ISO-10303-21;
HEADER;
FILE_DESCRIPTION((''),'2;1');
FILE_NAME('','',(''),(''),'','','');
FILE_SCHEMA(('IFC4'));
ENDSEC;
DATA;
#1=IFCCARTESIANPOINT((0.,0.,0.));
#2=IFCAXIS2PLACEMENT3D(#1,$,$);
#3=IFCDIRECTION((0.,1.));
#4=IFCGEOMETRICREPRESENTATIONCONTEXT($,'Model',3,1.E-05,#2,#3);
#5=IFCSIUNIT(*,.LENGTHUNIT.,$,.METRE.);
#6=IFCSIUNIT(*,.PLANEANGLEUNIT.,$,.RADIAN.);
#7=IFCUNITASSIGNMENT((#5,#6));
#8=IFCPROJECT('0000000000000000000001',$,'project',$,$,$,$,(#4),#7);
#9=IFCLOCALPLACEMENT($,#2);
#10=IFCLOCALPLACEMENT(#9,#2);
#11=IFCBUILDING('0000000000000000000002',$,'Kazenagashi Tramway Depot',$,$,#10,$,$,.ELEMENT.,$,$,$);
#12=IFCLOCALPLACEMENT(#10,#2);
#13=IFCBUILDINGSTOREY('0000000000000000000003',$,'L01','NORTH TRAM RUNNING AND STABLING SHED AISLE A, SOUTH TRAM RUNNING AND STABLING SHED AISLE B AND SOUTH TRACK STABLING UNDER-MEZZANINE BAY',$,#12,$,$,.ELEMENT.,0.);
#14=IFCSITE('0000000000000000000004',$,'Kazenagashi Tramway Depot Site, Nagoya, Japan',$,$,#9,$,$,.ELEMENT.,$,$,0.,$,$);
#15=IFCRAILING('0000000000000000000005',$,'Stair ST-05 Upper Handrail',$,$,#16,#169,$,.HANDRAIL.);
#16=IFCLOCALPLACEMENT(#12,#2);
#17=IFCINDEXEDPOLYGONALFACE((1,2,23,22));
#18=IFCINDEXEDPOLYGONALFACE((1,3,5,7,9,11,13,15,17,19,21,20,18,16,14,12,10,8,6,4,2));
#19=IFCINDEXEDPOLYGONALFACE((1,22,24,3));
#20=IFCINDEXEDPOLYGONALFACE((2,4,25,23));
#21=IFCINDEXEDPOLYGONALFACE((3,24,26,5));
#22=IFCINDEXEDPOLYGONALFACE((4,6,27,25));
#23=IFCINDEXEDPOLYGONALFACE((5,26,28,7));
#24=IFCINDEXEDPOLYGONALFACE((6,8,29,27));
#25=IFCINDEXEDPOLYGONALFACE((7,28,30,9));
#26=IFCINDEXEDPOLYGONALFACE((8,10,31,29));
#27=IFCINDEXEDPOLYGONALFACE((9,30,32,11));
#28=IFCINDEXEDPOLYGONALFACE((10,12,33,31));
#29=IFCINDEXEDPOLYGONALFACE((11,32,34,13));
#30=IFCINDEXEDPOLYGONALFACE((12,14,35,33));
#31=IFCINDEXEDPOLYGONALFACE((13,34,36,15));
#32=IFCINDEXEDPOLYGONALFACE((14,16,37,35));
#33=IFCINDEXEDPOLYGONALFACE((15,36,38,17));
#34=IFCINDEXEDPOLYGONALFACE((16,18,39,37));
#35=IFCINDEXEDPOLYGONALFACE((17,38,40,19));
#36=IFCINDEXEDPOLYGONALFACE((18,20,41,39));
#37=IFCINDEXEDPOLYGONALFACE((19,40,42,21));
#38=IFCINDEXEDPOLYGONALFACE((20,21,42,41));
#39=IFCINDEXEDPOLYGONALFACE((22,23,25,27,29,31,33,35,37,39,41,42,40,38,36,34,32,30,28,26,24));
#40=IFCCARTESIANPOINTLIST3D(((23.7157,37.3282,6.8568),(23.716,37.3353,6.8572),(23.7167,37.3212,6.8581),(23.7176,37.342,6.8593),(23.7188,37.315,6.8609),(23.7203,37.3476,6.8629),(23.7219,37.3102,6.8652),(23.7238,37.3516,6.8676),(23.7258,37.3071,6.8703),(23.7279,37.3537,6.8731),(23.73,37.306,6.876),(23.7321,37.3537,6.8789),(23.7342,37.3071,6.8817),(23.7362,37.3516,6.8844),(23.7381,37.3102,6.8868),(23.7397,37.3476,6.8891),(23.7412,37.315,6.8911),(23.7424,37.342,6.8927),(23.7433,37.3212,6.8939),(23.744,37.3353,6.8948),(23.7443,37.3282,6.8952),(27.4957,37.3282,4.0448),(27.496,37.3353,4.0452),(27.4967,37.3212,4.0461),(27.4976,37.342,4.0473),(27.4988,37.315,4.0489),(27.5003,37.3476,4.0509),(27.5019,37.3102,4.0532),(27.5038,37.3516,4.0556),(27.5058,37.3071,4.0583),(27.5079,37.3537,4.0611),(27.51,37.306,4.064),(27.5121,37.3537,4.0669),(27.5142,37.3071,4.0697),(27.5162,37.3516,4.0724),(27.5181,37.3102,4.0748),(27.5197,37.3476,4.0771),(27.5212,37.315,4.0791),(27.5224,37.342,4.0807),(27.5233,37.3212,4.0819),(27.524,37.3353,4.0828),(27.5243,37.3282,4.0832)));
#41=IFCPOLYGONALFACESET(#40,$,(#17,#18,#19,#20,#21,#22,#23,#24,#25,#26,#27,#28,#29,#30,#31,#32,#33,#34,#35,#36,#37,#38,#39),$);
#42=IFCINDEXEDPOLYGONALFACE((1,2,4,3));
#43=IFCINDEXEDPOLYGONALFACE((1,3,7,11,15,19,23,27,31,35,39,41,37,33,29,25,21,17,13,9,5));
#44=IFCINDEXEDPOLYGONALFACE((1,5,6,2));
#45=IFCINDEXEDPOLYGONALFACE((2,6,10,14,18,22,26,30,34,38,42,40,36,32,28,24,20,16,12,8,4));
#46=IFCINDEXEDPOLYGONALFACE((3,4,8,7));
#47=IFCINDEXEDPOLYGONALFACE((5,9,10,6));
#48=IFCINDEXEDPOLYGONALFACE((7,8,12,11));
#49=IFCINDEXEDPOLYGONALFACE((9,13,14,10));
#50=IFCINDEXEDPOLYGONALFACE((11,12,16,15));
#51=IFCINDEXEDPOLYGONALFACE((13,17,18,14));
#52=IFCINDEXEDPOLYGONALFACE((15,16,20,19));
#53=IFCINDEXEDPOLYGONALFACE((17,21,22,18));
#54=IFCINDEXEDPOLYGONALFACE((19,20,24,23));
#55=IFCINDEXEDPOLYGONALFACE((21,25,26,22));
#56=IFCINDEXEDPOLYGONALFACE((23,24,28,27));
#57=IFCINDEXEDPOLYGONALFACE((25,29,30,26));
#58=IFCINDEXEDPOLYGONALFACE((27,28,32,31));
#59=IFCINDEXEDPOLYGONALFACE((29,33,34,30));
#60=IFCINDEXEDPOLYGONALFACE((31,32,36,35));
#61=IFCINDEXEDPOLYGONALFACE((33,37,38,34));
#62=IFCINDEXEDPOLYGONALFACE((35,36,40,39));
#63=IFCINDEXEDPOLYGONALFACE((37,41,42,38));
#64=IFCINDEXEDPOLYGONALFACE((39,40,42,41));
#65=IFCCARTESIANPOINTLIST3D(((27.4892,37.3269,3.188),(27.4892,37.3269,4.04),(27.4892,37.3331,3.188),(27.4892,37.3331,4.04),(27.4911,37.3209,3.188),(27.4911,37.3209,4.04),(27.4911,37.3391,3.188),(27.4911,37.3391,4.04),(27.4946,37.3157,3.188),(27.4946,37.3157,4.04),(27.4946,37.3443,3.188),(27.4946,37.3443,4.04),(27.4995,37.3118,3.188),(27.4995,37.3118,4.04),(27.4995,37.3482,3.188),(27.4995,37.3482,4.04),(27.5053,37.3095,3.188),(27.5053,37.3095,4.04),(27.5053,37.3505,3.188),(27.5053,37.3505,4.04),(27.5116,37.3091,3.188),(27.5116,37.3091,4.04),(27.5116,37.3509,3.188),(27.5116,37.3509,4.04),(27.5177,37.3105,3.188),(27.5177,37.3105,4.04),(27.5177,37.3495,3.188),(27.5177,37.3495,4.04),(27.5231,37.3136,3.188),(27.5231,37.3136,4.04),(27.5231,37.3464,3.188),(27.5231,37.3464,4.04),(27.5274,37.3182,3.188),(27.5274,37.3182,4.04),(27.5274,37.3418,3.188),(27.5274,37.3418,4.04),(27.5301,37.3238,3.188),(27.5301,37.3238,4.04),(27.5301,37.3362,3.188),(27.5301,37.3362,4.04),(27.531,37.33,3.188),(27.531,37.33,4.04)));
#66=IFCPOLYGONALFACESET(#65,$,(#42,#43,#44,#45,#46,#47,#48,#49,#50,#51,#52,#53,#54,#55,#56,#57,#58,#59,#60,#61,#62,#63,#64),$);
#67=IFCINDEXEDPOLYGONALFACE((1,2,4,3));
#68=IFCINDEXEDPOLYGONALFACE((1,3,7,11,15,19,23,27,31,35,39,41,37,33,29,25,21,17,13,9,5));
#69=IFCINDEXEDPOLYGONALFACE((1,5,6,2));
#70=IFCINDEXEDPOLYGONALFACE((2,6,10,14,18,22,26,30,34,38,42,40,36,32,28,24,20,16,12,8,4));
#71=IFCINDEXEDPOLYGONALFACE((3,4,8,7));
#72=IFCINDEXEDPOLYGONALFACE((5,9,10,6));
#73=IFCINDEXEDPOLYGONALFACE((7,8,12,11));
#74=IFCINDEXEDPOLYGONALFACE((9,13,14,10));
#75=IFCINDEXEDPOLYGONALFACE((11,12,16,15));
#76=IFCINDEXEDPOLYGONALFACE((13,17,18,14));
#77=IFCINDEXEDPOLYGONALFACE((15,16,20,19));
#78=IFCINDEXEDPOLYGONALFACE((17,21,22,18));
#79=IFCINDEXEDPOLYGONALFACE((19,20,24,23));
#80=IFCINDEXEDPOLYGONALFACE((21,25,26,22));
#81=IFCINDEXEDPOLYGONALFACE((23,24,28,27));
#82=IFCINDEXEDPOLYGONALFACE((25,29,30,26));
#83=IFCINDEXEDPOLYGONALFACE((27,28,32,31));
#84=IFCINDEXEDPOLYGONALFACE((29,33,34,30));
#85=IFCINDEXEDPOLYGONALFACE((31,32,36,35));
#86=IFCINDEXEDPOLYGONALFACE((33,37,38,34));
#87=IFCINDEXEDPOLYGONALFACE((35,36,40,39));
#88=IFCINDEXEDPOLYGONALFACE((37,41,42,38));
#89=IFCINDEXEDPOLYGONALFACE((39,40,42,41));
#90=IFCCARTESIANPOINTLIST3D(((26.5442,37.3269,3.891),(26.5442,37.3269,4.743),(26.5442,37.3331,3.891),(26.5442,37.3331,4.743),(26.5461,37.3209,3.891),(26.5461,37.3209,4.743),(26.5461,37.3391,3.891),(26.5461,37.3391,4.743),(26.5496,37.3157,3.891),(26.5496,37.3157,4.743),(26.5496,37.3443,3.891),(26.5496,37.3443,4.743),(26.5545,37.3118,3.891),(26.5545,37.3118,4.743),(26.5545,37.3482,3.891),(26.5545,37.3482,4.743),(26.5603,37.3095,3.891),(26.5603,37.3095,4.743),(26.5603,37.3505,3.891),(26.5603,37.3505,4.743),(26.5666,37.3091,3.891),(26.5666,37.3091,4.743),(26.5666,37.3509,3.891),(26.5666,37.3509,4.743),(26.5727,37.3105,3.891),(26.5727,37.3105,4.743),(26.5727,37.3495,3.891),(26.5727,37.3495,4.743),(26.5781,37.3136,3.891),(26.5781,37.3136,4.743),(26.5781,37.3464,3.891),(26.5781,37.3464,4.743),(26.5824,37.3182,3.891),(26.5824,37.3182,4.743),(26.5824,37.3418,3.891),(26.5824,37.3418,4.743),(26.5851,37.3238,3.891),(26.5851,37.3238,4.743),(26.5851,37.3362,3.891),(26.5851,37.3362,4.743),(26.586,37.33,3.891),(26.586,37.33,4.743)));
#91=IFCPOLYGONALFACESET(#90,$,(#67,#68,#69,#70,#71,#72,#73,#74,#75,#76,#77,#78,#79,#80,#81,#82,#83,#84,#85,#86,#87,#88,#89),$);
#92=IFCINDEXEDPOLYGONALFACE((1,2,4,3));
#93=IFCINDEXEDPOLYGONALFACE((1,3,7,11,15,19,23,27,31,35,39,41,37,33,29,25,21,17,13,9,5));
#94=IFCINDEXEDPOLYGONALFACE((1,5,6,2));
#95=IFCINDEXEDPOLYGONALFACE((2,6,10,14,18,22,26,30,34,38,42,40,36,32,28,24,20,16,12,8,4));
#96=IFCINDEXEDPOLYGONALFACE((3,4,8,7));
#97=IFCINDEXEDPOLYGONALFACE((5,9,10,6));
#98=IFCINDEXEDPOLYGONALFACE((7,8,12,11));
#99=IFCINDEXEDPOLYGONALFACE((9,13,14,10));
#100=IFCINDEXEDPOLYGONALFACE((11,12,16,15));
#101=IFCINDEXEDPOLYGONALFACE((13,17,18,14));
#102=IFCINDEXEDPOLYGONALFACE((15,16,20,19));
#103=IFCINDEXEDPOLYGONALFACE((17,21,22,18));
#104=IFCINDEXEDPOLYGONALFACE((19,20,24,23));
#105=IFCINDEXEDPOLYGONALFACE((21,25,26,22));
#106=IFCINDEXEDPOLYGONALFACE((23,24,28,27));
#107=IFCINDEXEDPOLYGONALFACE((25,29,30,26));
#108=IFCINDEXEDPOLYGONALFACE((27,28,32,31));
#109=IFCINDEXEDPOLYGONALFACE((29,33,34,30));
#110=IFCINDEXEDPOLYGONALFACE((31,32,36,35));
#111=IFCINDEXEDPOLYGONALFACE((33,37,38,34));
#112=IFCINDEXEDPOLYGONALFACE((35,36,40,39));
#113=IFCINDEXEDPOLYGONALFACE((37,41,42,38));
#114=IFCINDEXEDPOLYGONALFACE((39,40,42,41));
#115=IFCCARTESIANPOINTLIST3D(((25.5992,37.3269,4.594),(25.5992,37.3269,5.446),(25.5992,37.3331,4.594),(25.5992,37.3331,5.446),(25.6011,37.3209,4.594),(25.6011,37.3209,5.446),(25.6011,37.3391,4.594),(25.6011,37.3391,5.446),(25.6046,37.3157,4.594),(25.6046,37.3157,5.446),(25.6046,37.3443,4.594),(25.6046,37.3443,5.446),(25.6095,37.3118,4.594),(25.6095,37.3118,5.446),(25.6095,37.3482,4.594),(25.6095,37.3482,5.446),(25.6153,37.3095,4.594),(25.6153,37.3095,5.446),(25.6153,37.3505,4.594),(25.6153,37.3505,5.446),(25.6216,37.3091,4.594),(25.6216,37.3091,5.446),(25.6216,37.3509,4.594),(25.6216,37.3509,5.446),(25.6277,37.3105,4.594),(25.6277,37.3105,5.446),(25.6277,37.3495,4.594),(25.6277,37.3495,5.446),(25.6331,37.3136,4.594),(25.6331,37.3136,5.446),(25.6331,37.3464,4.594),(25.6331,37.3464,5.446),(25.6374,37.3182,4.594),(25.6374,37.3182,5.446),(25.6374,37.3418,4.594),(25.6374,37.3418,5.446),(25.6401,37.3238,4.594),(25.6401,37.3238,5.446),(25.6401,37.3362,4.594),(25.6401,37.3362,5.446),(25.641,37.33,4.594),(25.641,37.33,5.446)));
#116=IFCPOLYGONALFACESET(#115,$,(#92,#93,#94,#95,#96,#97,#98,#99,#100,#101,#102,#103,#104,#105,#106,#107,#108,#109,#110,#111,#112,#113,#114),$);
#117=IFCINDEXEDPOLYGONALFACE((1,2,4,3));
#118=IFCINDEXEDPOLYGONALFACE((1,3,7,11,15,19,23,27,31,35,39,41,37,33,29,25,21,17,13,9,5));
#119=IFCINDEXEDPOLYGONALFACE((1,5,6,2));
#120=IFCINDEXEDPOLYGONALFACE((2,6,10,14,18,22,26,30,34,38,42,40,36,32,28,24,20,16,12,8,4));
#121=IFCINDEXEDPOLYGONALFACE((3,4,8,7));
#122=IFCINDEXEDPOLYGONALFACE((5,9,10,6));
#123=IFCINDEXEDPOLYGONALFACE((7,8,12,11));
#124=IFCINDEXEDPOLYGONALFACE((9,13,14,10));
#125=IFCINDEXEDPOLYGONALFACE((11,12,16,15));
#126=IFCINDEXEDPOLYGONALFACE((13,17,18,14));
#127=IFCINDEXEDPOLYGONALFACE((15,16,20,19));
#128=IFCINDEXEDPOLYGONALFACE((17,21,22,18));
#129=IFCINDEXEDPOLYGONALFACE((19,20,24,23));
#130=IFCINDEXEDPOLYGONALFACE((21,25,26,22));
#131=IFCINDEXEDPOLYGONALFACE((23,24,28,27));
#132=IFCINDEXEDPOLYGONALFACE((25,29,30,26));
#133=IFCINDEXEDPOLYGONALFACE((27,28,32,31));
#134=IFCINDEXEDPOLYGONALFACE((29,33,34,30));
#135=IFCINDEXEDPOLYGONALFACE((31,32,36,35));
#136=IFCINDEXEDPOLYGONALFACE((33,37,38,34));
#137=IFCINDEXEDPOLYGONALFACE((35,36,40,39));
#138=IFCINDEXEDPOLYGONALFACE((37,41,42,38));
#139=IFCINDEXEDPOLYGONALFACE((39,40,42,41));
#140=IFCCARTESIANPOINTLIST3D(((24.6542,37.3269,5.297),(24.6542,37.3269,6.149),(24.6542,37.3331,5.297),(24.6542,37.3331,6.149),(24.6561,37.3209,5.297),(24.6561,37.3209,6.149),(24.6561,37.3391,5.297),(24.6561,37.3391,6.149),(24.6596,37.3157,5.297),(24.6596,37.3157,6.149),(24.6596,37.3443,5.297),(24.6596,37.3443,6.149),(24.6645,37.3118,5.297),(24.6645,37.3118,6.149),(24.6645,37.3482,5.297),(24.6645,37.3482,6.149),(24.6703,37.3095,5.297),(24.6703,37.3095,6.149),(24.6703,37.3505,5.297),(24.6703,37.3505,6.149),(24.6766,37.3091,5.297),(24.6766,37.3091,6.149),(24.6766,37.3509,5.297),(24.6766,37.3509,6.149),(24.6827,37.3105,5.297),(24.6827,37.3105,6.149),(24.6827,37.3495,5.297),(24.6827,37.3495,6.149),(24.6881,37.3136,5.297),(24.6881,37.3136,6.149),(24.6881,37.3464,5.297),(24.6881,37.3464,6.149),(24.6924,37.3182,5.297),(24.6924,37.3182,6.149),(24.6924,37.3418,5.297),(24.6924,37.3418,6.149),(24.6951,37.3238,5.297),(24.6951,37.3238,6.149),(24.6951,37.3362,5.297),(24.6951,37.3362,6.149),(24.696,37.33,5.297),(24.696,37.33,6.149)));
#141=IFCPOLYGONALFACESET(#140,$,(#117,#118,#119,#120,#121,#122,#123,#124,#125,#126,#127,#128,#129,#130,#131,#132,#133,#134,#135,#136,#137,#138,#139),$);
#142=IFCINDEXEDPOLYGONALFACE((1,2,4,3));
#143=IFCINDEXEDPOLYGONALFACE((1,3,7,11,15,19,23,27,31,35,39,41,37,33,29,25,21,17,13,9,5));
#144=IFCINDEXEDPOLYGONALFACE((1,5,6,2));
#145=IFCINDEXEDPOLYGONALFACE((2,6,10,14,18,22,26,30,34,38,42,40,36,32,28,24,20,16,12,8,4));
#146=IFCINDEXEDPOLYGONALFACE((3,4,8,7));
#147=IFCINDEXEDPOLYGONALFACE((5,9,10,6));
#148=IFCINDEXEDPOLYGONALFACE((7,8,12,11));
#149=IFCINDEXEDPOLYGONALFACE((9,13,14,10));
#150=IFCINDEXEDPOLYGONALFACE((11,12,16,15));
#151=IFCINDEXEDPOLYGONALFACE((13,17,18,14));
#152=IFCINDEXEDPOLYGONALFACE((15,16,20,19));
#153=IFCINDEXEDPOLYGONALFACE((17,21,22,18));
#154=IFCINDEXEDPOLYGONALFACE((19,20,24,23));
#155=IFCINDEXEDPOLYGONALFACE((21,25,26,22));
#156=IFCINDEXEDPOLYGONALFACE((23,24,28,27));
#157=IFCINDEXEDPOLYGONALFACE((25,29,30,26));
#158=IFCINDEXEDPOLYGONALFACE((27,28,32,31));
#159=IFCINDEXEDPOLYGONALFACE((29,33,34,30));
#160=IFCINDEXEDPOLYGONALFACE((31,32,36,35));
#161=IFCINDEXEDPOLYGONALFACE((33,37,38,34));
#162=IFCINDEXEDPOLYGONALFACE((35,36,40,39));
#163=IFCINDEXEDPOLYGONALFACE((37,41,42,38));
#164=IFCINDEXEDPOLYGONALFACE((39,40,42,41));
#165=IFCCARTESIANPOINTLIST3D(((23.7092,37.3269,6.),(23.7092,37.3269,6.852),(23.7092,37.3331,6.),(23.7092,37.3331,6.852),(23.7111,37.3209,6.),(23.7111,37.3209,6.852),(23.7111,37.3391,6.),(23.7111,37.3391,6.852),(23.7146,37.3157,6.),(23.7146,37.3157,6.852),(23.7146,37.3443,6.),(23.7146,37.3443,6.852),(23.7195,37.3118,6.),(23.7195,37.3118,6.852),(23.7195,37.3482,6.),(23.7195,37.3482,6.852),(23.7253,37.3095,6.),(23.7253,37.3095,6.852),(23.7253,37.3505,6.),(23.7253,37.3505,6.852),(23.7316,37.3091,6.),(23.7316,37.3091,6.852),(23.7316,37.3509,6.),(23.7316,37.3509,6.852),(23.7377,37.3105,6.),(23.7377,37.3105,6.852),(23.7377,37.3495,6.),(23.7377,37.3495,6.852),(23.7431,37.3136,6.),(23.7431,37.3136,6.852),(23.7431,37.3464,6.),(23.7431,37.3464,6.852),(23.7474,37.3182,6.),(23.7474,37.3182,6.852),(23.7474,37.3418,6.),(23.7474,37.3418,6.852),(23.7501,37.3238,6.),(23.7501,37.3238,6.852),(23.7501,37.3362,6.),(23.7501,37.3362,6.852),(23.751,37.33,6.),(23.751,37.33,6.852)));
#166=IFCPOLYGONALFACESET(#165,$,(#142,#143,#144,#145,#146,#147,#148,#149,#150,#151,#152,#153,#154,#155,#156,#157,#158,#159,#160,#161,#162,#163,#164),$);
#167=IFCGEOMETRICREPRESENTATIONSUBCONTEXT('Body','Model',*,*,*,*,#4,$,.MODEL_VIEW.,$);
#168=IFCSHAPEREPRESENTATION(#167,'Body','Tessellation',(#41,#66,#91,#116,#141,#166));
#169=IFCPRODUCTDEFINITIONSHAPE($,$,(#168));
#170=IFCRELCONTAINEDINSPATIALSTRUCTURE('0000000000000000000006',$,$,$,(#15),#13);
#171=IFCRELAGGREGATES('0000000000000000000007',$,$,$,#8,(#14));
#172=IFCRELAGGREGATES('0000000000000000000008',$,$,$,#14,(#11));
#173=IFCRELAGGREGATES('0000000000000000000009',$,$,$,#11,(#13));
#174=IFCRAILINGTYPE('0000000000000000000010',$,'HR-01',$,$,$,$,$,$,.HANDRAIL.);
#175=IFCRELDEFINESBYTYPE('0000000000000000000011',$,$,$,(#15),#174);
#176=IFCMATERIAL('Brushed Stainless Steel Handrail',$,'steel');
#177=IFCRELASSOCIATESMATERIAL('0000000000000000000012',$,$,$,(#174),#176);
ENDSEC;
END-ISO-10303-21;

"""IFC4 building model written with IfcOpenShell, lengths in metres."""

from ifc_helpers import new_model, si_unit, direction, frame, origin, origin_2d, place, context, subcontext, project, spatial, circle, extrude, material, type_object, element, save


model = new_model("IFC4")

# Units and contexts
model_context = context("Model", 3, precision=1e-05, world=origin(), true_north=direction((0.0, 1.0)))
body_context = subcontext(model_context, "Body", "Model", "MODEL_VIEW")
ifc_project = project(units=[si_unit("LENGTHUNIT", "METRE"), si_unit("PLANEANGLEUNIT", "RADIAN")], contexts=[model_context])

# Site, building, storey
site_placement = place(None, origin())
site = spatial("IfcSite", under=ifc_project, at=site_placement, Name="Kazenagashi Tramway Depot Site, Nagoya, Japan", CompositionType="ELEMENT", RefElevation=0.0)
building_placement = place(site_placement, origin())
building = spatial("IfcBuilding", under=site, at=building_placement, Name="Kazenagashi Tramway Depot", CompositionType="ELEMENT")
storey_placement = place(building_placement, origin())
storey = spatial("IfcBuildingStorey", under=building, at=storey_placement, Name="L01", Description="NORTH TRAM RUNNING AND STABLING SHED AISLE A, SOUTH TRAM RUNNING AND STABLING SHED AISLE B AND SOUTH TRACK STABLING UNDER-MEZZANINE BAY", CompositionType="ELEMENT", Elevation=0.0)

# Railing
ifc_material_1 = material(Name="Brushed Stainless Steel Handrail", Category="steel")
railing_type = type_object("IfcRailingType", Name="HR-01", PredefinedType="HANDRAIL", material=ifc_material_1)
railing_1_placement = place(storey_placement, frame((27.51, 37.33, 3.188)))
element("IfcRailing", 1, at=railing_1_placement, inside=storey, type_object=railing_type, Name="Stair ST-05 Upper Handrail", PredefinedType="HANDRAIL", context=body_context, shape_type="SweptSolid", body=[
    extrude(circle(Radius=0.024, at=origin_2d()), frame((0.0, 0.0, 0.876), z_axis=(-0.802337, 0.0, 0.596871), x_axis=(0.0, -1.0, 0.0)), (0.0, 0.0, 1.0), 4.7112),
    extrude(circle(Radius=0.021, at=origin_2d()), origin(), (0.0, 0.0, 1.0), 0.852),
    extrude(circle(Radius=0.021, at=origin_2d()), frame((-0.945, 0.0, 0.703)), (0.0, 0.0, 1.0), 0.852),
    extrude(circle(Radius=0.021, at=origin_2d()), frame((-1.89, 0.0, 1.406)), (0.0, 0.0, 1.0), 0.852),
    extrude(circle(Radius=0.021, at=origin_2d()), frame((-2.835, 0.0, 2.109)), (0.0, 0.0, 1.0), 0.852),
    extrude(circle(Radius=0.021, at=origin_2d()), frame((-3.78, 0.0, 2.812)), (0.0, 0.0, 1.0), 0.852),
])

save(model, "model.ifc")
